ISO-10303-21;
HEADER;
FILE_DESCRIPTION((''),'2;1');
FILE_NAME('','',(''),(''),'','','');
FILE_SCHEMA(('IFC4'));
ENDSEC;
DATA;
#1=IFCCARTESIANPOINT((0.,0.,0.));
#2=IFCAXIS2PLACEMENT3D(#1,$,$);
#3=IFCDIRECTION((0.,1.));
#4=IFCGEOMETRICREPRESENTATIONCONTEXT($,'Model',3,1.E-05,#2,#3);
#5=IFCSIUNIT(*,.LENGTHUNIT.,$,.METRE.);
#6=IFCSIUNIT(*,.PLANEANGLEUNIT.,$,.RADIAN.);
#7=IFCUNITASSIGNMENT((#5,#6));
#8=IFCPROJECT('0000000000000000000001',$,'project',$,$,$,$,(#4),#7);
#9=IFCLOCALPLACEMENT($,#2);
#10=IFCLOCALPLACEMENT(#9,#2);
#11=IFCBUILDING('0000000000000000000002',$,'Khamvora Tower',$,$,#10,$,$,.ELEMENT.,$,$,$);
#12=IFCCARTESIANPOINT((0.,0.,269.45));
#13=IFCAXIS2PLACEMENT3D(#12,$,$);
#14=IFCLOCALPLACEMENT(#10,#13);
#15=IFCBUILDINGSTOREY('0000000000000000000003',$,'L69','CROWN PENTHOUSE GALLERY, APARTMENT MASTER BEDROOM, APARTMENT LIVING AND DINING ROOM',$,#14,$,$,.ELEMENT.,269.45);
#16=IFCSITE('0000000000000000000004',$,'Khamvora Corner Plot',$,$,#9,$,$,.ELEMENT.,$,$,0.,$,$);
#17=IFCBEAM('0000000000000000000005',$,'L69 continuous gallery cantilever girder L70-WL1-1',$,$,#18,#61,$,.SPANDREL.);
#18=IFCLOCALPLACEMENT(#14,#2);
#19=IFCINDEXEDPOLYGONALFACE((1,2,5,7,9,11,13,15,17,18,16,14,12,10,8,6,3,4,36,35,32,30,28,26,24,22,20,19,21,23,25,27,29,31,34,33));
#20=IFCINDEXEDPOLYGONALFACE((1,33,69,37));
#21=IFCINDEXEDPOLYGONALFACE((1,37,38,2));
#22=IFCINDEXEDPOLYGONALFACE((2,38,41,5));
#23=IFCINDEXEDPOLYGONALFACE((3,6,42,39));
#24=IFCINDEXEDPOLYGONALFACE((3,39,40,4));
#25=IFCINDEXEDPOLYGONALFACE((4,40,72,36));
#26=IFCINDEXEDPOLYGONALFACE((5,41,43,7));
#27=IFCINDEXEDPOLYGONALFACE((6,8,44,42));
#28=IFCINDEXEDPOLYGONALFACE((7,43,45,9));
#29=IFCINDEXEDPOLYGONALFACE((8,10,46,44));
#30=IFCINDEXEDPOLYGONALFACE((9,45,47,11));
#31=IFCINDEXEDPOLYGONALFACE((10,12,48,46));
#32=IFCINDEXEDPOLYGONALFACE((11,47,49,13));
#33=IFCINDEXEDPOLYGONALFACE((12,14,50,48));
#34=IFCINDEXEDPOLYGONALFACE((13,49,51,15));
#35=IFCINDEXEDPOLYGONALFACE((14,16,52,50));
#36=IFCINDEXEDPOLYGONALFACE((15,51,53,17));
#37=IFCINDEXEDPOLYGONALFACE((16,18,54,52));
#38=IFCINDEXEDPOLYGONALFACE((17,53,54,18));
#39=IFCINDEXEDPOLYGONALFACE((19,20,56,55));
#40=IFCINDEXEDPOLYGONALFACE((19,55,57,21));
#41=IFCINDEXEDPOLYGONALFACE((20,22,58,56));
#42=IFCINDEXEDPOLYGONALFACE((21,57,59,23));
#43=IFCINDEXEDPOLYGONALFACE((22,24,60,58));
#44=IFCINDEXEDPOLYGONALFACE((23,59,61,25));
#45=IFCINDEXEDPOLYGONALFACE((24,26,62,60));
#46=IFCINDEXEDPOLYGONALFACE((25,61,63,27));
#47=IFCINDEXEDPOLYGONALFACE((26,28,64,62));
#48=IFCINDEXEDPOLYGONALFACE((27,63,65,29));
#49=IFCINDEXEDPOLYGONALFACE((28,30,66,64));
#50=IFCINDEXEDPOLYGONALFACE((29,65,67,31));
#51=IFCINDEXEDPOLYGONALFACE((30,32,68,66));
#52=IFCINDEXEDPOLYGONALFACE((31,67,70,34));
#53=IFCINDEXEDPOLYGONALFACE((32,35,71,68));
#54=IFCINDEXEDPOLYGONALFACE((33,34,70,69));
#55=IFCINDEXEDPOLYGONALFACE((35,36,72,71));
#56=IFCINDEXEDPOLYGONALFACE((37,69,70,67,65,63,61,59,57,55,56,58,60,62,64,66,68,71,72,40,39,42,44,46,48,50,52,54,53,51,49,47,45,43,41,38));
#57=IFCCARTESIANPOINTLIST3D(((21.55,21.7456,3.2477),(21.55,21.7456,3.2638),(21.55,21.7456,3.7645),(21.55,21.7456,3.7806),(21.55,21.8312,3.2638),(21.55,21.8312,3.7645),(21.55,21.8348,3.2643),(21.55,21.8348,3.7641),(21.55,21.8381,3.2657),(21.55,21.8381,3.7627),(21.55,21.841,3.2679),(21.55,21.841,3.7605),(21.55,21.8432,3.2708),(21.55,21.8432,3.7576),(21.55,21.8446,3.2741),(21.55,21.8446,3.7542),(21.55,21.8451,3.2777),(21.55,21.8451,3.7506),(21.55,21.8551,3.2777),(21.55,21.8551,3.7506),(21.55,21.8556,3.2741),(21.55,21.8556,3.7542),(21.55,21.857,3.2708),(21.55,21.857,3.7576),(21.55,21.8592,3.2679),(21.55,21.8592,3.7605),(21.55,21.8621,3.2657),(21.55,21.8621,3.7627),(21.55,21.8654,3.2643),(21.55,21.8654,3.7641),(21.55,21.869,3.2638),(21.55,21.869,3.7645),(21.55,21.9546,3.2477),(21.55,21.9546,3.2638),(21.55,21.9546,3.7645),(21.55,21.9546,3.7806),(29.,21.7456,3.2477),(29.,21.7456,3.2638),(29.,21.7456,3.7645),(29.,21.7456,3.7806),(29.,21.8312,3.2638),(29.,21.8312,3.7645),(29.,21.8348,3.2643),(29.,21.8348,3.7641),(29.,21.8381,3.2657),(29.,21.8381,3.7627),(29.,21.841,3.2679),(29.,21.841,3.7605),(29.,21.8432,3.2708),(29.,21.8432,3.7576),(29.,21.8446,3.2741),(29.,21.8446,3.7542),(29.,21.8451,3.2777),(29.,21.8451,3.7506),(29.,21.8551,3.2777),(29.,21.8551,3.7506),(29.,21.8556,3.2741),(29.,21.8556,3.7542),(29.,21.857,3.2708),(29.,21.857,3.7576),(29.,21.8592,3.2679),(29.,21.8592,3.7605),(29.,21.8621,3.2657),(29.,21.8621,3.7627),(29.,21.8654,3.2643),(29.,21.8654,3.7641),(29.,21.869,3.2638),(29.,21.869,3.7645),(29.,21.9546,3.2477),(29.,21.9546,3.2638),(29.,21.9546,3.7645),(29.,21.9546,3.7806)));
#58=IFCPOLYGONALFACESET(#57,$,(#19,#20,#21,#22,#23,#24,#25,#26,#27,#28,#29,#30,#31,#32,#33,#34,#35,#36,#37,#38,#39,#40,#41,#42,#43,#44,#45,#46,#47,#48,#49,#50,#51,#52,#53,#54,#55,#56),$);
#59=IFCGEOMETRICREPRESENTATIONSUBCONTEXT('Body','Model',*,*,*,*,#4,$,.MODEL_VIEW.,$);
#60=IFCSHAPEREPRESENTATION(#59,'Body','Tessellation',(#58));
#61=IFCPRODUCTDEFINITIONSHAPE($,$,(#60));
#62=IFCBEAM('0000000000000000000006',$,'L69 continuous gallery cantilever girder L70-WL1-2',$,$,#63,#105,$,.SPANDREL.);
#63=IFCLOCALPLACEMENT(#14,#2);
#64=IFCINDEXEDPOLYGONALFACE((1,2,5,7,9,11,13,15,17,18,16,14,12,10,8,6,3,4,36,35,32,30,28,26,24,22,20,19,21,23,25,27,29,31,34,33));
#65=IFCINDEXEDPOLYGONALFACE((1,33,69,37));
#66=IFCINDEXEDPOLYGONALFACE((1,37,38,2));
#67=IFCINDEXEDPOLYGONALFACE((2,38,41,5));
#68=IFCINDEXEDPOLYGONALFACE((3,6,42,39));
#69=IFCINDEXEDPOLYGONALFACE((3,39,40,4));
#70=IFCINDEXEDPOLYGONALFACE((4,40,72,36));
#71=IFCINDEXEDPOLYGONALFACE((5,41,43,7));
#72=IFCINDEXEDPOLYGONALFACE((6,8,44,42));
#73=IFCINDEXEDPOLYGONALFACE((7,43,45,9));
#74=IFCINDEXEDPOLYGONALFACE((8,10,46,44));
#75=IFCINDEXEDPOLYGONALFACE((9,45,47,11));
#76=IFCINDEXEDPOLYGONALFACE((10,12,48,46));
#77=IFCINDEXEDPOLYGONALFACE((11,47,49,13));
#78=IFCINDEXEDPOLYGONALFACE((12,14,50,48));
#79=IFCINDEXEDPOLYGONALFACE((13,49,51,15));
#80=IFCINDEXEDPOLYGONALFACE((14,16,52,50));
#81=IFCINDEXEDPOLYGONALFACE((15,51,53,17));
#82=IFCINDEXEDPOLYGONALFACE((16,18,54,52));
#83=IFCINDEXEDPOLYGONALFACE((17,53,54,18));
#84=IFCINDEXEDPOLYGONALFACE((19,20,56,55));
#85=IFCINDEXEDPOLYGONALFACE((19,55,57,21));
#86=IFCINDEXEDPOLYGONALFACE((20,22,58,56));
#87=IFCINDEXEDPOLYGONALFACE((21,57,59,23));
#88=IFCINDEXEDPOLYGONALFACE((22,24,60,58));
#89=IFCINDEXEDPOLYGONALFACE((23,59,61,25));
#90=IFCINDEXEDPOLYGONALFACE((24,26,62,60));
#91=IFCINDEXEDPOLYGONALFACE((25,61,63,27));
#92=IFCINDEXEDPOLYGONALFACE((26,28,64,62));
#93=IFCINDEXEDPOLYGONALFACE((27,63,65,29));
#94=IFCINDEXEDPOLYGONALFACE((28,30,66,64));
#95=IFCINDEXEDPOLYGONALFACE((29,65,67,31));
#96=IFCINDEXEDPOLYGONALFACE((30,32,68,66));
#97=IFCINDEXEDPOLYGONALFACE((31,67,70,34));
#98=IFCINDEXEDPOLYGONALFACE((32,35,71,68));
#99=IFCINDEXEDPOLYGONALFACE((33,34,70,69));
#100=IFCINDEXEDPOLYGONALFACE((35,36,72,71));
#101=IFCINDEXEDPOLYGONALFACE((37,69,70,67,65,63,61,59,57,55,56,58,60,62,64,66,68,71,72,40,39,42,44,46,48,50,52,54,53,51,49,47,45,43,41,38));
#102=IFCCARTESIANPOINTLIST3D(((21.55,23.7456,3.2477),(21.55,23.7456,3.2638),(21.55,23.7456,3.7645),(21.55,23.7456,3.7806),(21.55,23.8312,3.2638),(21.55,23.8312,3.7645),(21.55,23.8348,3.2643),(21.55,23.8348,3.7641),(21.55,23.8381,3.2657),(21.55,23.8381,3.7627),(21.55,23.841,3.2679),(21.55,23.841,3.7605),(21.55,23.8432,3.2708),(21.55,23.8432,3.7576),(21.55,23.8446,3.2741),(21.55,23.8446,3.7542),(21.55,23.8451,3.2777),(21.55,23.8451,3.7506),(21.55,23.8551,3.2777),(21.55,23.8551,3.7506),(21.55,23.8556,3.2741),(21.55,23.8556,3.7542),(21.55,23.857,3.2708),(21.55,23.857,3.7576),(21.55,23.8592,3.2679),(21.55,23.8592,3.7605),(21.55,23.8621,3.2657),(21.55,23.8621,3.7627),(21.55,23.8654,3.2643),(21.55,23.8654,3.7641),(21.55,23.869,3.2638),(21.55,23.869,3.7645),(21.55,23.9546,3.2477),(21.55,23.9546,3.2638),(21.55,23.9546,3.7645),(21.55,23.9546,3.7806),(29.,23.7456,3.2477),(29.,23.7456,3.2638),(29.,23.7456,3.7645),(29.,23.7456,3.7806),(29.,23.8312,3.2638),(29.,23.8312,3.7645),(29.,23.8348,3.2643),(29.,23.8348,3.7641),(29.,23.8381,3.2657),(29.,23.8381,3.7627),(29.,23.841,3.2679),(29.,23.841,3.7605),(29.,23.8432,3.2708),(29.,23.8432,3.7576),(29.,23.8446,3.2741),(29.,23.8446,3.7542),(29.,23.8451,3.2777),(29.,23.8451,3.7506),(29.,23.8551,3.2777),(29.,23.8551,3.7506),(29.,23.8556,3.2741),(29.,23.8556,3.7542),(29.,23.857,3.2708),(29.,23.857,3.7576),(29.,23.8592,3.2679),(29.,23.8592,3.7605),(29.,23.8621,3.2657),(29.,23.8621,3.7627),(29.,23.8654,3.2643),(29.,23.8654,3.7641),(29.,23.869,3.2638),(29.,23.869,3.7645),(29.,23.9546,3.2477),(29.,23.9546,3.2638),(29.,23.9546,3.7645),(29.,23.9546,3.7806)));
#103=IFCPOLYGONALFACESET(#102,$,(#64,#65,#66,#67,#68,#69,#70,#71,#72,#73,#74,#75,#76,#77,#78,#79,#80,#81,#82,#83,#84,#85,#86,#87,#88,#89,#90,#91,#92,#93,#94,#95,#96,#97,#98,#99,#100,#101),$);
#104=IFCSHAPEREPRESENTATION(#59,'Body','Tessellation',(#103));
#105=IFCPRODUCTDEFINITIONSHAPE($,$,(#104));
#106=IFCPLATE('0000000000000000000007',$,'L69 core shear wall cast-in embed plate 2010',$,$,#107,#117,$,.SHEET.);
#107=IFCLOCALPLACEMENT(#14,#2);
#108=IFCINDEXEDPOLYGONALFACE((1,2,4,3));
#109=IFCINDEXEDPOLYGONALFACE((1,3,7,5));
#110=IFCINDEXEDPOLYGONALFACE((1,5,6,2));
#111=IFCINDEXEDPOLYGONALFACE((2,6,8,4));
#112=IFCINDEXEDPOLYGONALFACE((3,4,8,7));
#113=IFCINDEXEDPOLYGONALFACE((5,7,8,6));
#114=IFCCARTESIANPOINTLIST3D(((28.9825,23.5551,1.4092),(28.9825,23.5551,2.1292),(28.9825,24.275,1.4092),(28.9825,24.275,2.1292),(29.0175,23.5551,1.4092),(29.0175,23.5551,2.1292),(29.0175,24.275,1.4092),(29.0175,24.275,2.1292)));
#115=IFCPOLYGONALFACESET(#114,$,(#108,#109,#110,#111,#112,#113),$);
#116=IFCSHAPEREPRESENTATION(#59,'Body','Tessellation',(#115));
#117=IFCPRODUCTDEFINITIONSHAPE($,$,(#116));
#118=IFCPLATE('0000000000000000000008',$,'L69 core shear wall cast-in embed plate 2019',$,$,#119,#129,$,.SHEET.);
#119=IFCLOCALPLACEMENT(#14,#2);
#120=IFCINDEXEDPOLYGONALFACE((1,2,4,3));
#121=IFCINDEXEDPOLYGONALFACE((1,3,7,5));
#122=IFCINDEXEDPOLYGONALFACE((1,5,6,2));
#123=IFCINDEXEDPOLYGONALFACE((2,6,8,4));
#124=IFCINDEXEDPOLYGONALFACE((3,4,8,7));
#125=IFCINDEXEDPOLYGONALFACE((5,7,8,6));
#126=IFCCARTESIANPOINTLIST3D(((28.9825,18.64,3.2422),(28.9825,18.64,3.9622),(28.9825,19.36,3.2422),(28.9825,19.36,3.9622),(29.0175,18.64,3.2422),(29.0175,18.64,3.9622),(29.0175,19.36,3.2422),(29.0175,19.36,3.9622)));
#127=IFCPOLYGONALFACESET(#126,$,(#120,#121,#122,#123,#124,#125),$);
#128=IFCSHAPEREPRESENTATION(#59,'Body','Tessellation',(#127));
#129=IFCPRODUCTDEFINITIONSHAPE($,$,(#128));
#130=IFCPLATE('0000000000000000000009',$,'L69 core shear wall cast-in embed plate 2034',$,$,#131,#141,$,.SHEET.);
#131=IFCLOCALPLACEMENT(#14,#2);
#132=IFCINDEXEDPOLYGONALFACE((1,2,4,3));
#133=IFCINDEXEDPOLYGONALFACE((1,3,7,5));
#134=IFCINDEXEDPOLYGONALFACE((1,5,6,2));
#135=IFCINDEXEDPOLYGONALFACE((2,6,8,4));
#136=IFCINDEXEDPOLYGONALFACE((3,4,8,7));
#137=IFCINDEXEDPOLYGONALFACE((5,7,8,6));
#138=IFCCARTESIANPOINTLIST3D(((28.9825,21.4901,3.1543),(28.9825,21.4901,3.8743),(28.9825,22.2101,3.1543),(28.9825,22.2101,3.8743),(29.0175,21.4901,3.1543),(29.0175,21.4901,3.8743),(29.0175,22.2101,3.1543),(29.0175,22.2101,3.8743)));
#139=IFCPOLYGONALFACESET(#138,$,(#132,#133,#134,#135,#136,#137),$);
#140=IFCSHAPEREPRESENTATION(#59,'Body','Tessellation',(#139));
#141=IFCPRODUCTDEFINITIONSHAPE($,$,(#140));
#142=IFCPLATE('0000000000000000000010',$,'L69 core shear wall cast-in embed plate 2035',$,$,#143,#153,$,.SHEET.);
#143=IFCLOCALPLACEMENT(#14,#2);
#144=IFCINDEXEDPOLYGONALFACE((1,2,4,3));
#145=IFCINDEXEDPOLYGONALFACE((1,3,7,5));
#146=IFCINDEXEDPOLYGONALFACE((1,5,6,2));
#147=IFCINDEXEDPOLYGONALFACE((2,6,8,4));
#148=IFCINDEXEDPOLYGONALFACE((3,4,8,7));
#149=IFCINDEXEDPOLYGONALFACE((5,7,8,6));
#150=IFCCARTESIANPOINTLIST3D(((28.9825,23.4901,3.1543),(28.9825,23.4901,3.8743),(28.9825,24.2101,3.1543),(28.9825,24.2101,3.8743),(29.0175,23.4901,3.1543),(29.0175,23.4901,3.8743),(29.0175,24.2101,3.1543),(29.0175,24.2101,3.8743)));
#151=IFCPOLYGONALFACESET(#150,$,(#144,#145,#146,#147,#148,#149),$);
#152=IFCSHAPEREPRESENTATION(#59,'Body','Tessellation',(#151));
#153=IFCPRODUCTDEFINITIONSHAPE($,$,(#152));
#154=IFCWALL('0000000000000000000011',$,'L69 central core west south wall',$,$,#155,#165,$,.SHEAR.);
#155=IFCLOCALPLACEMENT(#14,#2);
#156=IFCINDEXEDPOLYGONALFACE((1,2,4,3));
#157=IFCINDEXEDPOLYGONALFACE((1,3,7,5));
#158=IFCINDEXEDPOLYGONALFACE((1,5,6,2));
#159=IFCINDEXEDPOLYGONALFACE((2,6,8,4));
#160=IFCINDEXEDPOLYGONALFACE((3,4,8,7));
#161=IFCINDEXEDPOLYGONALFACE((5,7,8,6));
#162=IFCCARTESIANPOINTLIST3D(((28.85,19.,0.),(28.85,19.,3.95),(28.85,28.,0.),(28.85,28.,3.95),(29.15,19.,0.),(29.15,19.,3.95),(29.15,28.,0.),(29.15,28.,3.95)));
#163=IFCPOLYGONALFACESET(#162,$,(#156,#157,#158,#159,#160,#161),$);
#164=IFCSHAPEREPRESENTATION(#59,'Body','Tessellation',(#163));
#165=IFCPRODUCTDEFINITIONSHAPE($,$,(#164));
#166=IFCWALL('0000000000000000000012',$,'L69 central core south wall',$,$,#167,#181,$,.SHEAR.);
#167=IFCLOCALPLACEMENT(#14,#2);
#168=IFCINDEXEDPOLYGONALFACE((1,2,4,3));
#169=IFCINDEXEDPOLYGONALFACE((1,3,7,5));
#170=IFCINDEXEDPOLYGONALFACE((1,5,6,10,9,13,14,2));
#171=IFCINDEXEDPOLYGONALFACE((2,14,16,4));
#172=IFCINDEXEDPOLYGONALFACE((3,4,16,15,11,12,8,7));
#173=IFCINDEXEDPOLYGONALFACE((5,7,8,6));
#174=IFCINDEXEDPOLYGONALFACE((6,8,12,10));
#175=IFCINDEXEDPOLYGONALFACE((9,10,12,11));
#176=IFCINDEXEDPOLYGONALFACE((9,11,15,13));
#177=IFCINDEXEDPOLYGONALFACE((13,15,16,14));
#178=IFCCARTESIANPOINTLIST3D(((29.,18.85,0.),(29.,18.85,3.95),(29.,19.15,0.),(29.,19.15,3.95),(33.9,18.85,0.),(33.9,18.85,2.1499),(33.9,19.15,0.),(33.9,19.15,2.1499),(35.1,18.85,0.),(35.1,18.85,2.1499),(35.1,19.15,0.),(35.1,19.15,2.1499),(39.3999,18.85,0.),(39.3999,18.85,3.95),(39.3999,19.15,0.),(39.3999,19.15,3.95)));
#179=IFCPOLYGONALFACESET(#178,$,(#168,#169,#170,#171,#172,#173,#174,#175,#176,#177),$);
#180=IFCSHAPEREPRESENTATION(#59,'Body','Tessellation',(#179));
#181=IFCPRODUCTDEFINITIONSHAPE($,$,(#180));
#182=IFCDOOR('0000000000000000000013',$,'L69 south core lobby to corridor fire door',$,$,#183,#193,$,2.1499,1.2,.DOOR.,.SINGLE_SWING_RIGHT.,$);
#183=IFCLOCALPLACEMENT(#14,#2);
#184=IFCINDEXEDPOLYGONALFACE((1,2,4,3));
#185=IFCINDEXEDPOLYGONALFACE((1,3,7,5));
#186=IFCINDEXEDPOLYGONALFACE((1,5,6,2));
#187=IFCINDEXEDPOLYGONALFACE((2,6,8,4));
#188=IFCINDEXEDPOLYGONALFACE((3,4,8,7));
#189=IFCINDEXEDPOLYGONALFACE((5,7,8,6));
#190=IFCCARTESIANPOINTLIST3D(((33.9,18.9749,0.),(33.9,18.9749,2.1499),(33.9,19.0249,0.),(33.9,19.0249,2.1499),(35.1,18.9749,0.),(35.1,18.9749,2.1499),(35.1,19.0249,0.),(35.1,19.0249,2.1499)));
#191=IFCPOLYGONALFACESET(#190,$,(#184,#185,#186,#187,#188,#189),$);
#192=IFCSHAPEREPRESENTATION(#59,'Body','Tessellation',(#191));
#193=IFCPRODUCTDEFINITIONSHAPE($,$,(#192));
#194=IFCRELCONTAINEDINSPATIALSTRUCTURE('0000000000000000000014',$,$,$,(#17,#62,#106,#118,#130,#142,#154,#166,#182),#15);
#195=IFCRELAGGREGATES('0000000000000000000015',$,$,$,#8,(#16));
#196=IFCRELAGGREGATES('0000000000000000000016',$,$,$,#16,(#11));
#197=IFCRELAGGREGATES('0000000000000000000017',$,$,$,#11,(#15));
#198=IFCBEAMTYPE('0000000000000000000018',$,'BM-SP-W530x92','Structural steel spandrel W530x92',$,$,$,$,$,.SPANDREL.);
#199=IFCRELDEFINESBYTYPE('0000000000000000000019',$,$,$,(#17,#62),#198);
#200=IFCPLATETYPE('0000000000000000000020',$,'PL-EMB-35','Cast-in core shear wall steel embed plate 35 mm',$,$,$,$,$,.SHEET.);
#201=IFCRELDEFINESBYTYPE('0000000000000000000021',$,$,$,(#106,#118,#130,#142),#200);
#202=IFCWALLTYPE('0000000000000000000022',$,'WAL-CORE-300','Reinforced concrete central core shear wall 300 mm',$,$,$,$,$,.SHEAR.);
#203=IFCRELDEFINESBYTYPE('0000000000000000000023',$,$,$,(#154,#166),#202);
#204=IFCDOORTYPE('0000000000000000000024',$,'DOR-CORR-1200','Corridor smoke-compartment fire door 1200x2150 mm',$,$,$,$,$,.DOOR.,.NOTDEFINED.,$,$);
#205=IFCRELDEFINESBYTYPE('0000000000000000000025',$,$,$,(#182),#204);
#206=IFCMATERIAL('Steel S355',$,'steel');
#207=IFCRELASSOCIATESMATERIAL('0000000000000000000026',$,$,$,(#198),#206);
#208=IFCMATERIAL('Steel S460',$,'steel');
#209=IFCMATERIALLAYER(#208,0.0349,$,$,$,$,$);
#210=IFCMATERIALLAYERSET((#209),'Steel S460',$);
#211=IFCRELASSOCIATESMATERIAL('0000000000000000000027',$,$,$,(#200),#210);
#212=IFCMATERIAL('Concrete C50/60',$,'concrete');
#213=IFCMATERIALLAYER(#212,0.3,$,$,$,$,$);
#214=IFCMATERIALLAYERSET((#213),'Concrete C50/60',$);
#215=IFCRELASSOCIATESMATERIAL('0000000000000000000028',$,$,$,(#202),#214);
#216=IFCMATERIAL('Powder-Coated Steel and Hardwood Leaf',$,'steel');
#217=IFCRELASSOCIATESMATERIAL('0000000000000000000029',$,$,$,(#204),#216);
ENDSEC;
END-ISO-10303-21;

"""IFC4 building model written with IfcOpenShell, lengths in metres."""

from ifc_helpers import new_model, si_unit, direction, frame, frame_2d, origin, origin_2d, place, context, subcontext, project, spatial, rectangle, i_section, extrude, material, layer, layer_set, material_profile, profile_set, type_object, element, fill, save


model = new_model("IFC4")

# Units and contexts
model_context = context("Model", 3, precision=1e-05, world=origin(), true_north=direction((0.0, 1.0)))
body_context = subcontext(model_context, "Body", "Model", "MODEL_VIEW")
ifc_project = project(units=[si_unit("LENGTHUNIT", "METRE"), si_unit("PLANEANGLEUNIT", "RADIAN")], contexts=[model_context])

# Site, building, storey
site_placement = place(None, origin())
site = spatial("IfcSite", under=ifc_project, at=site_placement, Name="Khamvora Corner Plot", CompositionType="ELEMENT", RefElevation=0.0)
building_placement = place(site_placement, origin())
building = spatial("IfcBuilding", under=site, at=building_placement, Name="Khamvora Tower", CompositionType="ELEMENT")
storey_placement = place(building_placement, frame((0.0, 0.0, 269.45)))
storey = spatial("IfcBuildingStorey", under=building, at=storey_placement, Name="L69", Description="CROWN PENTHOUSE GALLERY, APARTMENT MASTER BEDROOM, APARTMENT LIVING AND DINING ROOM", CompositionType="ELEMENT", Elevation=269.45)

# Beams
ifc_material_1 = material(Name="Steel S355", Category="steel")
ifc_material_profile_1 = material_profile(ifc_material_1, i_section(OverallWidth=0.209, OverallDepth=0.533, WebThickness=0.01, FlangeThickness=0.0161, FilletRadius=0.0139, at=origin_2d()), Name="W530x92")
ifc_profile_set_1 = profile_set([ifc_material_profile_1], Name="Steel S355")
beam_type_1 = type_object("IfcBeamType", Name="BM-SP-W530x92", Description="Structural steel spandrel W530x92", PredefinedType="SPANDREL", material=ifc_profile_set_1)
for number, where, z_axis, x_axis, name in (
    (1, (29.0, 21.8501, 3.5142), (-1.0, 0.0, 0.0), (0.0, -1.0, 0.0), "L69 continuous gallery cantilever girder L70-WL1-1"),
    (2, (29.0, 23.8501, 3.5142), (-1.0, 0.0, 0.0), (0.0, -1.0, 0.0), "L69 continuous gallery cantilever girder L70-WL1-2"),
):
    element("IfcBeam", number, at=place(storey_placement, frame(where, z_axis=z_axis, x_axis=x_axis)), inside=storey, type_object=beam_type_1, Name=name, PredefinedType="SPANDREL", context=body_context, shape_type="SweptSolid", body=[
        extrude(i_section(OverallWidth=0.209, OverallDepth=0.533, WebThickness=0.01, FlangeThickness=0.0161, FilletRadius=0.0139, at=origin_2d()), origin(), (0.0, 0.0, 1.0), 7.45),
    ])

# Plates
ifc_material_2 = material(Name="Steel S460", Category="steel")
ifc_layer_1 = layer(ifc_material_2, 0.0349)
ifc_layer_set_1 = layer_set([ifc_layer_1], Name="Steel S460")
plate_type = type_object("IfcPlateType", Name="PL-EMB-35", Description="Cast-in core shear wall steel embed plate 35 mm", PredefinedType="SHEET", material=ifc_layer_set_1)
for number, where, z_axis, x_axis, name in (
    (3, (29.0, 23.915, 1.4092), (0.0, 0.0, 1.0), (1.0, 0.0, 0.0), "L69 core shear wall cast-in embed plate 2010"),
    (4, (29.0, 19.0, 3.2422), (0.0, 0.0, 1.0), (1.0, 0.0, 0.0), "L69 core shear wall cast-in embed plate 2019"),
    (5, (29.0, 21.8501, 3.1543), (0.0, 0.0, 1.0), (1.0, 0.0, 0.0), "L69 core shear wall cast-in embed plate 2034"),
    (6, (29.0, 23.8501, 3.1543), (0.0, 0.0, 1.0), (1.0, 0.0, 0.0), "L69 core shear wall cast-in embed plate 2035"),
):
    element("IfcPlate", number, at=place(storey_placement, frame(where, z_axis=z_axis, x_axis=x_axis)), inside=storey, type_object=plate_type, Name=name, PredefinedType="SHEET", context=body_context, shape_type="SweptSolid", body=[
        extrude(rectangle(XDim=0.0349, YDim=0.72, at=origin_2d()), origin(), (0.0, 0.0, 1.0), 0.72),
    ])

# Wall
ifc_material_3 = material(Name="Concrete C50/60", Category="concrete")
ifc_layer_2 = layer(ifc_material_3, 0.3)
ifc_layer_set_2 = layer_set([ifc_layer_2], Name="Concrete C50/60")
wall_type = type_object("IfcWallType", Name="WAL-CORE-300", Description="Reinforced concrete central core shear wall 300 mm", PredefinedType="SHEAR", material=ifc_layer_set_2)
wall_1_placement = place(storey_placement, frame((29.0, 19.0, 0.0), z_axis=(0.0, 0.0, 1.0), x_axis=(0.0, 1.0, 0.0)))
element("IfcWall", 7, at=wall_1_placement, inside=storey, type_object=wall_type, Name="L69 central core west south wall", PredefinedType="SHEAR", context=body_context, shape_type="SweptSolid", body=[
    extrude(rectangle(XDim=9.0, YDim=0.3, at=frame_2d((4.5, 0.0))), origin(), (0.0, 0.0, 1.0), 3.95),
])

# Wall, opening, door
wall_2_placement = place(storey_placement, frame((29.0, 19.0, 0.0), z_axis=(0.0, 0.0, 1.0), x_axis=(1.0, 0.0, 0.0)))
wall_2 = element("IfcWall", 8, at=wall_2_placement, inside=storey, type_object=wall_type, Name="L69 central core south wall", PredefinedType="SHEAR", context=body_context, shape_type="SweptSolid", body=[
    extrude(rectangle(XDim=10.3999, YDim=0.3, at=frame_2d((5.2, 0.0))), origin(), (0.0, 0.0, 1.0), 3.95),
])
opening_placement = place(wall_2_placement, frame((4.8999, 0.0, 0.0)))
opening = element("IfcOpeningElement", 9, at=opening_placement, cuts=wall_2, PredefinedType="OPENING", context=body_context, shape_type="SweptSolid", body=[
    extrude(rectangle(XDim=1.2, YDim=2.1499, at=frame_2d((0.6001, 1.075))), frame((0.0, 0.1599, 0.0), z_axis=(0.0, -1.0, 0.0), x_axis=(1.0, 0.0, 0.0)), (0.0, 0.0, 1.0), 0.3201),
])
ifc_material_4 = material(Name="Powder-Coated Steel and Hardwood Leaf", Category="steel")
door_type = type_object("IfcDoorType", Name="DOR-CORR-1200", Description="Corridor smoke-compartment fire door 1200x2150 mm", OperationType="NOTDEFINED", PredefinedType="DOOR", material=ifc_material_4)
door_placement = place(opening_placement, origin())
door = element("IfcDoor", 10, at=door_placement, inside=storey, type_object=door_type, Name="L69 south core lobby to corridor fire door", OperationType="SINGLE_SWING_RIGHT", OverallHeight=2.1499, OverallWidth=1.2, PredefinedType="DOOR", context=body_context, shape_type="SweptSolid", body=[
    extrude(rectangle(XDim=1.2, YDim=2.1499, at=frame_2d((0.6001, 1.075))), frame((0.0, 0.0249, 0.0), z_axis=(0.0, -1.0, 0.0), x_axis=(1.0, 0.0, 0.0)), (0.0, 0.0, 1.0), 0.05),
])
fill(opening, door)

save(model, "model.ifc")
